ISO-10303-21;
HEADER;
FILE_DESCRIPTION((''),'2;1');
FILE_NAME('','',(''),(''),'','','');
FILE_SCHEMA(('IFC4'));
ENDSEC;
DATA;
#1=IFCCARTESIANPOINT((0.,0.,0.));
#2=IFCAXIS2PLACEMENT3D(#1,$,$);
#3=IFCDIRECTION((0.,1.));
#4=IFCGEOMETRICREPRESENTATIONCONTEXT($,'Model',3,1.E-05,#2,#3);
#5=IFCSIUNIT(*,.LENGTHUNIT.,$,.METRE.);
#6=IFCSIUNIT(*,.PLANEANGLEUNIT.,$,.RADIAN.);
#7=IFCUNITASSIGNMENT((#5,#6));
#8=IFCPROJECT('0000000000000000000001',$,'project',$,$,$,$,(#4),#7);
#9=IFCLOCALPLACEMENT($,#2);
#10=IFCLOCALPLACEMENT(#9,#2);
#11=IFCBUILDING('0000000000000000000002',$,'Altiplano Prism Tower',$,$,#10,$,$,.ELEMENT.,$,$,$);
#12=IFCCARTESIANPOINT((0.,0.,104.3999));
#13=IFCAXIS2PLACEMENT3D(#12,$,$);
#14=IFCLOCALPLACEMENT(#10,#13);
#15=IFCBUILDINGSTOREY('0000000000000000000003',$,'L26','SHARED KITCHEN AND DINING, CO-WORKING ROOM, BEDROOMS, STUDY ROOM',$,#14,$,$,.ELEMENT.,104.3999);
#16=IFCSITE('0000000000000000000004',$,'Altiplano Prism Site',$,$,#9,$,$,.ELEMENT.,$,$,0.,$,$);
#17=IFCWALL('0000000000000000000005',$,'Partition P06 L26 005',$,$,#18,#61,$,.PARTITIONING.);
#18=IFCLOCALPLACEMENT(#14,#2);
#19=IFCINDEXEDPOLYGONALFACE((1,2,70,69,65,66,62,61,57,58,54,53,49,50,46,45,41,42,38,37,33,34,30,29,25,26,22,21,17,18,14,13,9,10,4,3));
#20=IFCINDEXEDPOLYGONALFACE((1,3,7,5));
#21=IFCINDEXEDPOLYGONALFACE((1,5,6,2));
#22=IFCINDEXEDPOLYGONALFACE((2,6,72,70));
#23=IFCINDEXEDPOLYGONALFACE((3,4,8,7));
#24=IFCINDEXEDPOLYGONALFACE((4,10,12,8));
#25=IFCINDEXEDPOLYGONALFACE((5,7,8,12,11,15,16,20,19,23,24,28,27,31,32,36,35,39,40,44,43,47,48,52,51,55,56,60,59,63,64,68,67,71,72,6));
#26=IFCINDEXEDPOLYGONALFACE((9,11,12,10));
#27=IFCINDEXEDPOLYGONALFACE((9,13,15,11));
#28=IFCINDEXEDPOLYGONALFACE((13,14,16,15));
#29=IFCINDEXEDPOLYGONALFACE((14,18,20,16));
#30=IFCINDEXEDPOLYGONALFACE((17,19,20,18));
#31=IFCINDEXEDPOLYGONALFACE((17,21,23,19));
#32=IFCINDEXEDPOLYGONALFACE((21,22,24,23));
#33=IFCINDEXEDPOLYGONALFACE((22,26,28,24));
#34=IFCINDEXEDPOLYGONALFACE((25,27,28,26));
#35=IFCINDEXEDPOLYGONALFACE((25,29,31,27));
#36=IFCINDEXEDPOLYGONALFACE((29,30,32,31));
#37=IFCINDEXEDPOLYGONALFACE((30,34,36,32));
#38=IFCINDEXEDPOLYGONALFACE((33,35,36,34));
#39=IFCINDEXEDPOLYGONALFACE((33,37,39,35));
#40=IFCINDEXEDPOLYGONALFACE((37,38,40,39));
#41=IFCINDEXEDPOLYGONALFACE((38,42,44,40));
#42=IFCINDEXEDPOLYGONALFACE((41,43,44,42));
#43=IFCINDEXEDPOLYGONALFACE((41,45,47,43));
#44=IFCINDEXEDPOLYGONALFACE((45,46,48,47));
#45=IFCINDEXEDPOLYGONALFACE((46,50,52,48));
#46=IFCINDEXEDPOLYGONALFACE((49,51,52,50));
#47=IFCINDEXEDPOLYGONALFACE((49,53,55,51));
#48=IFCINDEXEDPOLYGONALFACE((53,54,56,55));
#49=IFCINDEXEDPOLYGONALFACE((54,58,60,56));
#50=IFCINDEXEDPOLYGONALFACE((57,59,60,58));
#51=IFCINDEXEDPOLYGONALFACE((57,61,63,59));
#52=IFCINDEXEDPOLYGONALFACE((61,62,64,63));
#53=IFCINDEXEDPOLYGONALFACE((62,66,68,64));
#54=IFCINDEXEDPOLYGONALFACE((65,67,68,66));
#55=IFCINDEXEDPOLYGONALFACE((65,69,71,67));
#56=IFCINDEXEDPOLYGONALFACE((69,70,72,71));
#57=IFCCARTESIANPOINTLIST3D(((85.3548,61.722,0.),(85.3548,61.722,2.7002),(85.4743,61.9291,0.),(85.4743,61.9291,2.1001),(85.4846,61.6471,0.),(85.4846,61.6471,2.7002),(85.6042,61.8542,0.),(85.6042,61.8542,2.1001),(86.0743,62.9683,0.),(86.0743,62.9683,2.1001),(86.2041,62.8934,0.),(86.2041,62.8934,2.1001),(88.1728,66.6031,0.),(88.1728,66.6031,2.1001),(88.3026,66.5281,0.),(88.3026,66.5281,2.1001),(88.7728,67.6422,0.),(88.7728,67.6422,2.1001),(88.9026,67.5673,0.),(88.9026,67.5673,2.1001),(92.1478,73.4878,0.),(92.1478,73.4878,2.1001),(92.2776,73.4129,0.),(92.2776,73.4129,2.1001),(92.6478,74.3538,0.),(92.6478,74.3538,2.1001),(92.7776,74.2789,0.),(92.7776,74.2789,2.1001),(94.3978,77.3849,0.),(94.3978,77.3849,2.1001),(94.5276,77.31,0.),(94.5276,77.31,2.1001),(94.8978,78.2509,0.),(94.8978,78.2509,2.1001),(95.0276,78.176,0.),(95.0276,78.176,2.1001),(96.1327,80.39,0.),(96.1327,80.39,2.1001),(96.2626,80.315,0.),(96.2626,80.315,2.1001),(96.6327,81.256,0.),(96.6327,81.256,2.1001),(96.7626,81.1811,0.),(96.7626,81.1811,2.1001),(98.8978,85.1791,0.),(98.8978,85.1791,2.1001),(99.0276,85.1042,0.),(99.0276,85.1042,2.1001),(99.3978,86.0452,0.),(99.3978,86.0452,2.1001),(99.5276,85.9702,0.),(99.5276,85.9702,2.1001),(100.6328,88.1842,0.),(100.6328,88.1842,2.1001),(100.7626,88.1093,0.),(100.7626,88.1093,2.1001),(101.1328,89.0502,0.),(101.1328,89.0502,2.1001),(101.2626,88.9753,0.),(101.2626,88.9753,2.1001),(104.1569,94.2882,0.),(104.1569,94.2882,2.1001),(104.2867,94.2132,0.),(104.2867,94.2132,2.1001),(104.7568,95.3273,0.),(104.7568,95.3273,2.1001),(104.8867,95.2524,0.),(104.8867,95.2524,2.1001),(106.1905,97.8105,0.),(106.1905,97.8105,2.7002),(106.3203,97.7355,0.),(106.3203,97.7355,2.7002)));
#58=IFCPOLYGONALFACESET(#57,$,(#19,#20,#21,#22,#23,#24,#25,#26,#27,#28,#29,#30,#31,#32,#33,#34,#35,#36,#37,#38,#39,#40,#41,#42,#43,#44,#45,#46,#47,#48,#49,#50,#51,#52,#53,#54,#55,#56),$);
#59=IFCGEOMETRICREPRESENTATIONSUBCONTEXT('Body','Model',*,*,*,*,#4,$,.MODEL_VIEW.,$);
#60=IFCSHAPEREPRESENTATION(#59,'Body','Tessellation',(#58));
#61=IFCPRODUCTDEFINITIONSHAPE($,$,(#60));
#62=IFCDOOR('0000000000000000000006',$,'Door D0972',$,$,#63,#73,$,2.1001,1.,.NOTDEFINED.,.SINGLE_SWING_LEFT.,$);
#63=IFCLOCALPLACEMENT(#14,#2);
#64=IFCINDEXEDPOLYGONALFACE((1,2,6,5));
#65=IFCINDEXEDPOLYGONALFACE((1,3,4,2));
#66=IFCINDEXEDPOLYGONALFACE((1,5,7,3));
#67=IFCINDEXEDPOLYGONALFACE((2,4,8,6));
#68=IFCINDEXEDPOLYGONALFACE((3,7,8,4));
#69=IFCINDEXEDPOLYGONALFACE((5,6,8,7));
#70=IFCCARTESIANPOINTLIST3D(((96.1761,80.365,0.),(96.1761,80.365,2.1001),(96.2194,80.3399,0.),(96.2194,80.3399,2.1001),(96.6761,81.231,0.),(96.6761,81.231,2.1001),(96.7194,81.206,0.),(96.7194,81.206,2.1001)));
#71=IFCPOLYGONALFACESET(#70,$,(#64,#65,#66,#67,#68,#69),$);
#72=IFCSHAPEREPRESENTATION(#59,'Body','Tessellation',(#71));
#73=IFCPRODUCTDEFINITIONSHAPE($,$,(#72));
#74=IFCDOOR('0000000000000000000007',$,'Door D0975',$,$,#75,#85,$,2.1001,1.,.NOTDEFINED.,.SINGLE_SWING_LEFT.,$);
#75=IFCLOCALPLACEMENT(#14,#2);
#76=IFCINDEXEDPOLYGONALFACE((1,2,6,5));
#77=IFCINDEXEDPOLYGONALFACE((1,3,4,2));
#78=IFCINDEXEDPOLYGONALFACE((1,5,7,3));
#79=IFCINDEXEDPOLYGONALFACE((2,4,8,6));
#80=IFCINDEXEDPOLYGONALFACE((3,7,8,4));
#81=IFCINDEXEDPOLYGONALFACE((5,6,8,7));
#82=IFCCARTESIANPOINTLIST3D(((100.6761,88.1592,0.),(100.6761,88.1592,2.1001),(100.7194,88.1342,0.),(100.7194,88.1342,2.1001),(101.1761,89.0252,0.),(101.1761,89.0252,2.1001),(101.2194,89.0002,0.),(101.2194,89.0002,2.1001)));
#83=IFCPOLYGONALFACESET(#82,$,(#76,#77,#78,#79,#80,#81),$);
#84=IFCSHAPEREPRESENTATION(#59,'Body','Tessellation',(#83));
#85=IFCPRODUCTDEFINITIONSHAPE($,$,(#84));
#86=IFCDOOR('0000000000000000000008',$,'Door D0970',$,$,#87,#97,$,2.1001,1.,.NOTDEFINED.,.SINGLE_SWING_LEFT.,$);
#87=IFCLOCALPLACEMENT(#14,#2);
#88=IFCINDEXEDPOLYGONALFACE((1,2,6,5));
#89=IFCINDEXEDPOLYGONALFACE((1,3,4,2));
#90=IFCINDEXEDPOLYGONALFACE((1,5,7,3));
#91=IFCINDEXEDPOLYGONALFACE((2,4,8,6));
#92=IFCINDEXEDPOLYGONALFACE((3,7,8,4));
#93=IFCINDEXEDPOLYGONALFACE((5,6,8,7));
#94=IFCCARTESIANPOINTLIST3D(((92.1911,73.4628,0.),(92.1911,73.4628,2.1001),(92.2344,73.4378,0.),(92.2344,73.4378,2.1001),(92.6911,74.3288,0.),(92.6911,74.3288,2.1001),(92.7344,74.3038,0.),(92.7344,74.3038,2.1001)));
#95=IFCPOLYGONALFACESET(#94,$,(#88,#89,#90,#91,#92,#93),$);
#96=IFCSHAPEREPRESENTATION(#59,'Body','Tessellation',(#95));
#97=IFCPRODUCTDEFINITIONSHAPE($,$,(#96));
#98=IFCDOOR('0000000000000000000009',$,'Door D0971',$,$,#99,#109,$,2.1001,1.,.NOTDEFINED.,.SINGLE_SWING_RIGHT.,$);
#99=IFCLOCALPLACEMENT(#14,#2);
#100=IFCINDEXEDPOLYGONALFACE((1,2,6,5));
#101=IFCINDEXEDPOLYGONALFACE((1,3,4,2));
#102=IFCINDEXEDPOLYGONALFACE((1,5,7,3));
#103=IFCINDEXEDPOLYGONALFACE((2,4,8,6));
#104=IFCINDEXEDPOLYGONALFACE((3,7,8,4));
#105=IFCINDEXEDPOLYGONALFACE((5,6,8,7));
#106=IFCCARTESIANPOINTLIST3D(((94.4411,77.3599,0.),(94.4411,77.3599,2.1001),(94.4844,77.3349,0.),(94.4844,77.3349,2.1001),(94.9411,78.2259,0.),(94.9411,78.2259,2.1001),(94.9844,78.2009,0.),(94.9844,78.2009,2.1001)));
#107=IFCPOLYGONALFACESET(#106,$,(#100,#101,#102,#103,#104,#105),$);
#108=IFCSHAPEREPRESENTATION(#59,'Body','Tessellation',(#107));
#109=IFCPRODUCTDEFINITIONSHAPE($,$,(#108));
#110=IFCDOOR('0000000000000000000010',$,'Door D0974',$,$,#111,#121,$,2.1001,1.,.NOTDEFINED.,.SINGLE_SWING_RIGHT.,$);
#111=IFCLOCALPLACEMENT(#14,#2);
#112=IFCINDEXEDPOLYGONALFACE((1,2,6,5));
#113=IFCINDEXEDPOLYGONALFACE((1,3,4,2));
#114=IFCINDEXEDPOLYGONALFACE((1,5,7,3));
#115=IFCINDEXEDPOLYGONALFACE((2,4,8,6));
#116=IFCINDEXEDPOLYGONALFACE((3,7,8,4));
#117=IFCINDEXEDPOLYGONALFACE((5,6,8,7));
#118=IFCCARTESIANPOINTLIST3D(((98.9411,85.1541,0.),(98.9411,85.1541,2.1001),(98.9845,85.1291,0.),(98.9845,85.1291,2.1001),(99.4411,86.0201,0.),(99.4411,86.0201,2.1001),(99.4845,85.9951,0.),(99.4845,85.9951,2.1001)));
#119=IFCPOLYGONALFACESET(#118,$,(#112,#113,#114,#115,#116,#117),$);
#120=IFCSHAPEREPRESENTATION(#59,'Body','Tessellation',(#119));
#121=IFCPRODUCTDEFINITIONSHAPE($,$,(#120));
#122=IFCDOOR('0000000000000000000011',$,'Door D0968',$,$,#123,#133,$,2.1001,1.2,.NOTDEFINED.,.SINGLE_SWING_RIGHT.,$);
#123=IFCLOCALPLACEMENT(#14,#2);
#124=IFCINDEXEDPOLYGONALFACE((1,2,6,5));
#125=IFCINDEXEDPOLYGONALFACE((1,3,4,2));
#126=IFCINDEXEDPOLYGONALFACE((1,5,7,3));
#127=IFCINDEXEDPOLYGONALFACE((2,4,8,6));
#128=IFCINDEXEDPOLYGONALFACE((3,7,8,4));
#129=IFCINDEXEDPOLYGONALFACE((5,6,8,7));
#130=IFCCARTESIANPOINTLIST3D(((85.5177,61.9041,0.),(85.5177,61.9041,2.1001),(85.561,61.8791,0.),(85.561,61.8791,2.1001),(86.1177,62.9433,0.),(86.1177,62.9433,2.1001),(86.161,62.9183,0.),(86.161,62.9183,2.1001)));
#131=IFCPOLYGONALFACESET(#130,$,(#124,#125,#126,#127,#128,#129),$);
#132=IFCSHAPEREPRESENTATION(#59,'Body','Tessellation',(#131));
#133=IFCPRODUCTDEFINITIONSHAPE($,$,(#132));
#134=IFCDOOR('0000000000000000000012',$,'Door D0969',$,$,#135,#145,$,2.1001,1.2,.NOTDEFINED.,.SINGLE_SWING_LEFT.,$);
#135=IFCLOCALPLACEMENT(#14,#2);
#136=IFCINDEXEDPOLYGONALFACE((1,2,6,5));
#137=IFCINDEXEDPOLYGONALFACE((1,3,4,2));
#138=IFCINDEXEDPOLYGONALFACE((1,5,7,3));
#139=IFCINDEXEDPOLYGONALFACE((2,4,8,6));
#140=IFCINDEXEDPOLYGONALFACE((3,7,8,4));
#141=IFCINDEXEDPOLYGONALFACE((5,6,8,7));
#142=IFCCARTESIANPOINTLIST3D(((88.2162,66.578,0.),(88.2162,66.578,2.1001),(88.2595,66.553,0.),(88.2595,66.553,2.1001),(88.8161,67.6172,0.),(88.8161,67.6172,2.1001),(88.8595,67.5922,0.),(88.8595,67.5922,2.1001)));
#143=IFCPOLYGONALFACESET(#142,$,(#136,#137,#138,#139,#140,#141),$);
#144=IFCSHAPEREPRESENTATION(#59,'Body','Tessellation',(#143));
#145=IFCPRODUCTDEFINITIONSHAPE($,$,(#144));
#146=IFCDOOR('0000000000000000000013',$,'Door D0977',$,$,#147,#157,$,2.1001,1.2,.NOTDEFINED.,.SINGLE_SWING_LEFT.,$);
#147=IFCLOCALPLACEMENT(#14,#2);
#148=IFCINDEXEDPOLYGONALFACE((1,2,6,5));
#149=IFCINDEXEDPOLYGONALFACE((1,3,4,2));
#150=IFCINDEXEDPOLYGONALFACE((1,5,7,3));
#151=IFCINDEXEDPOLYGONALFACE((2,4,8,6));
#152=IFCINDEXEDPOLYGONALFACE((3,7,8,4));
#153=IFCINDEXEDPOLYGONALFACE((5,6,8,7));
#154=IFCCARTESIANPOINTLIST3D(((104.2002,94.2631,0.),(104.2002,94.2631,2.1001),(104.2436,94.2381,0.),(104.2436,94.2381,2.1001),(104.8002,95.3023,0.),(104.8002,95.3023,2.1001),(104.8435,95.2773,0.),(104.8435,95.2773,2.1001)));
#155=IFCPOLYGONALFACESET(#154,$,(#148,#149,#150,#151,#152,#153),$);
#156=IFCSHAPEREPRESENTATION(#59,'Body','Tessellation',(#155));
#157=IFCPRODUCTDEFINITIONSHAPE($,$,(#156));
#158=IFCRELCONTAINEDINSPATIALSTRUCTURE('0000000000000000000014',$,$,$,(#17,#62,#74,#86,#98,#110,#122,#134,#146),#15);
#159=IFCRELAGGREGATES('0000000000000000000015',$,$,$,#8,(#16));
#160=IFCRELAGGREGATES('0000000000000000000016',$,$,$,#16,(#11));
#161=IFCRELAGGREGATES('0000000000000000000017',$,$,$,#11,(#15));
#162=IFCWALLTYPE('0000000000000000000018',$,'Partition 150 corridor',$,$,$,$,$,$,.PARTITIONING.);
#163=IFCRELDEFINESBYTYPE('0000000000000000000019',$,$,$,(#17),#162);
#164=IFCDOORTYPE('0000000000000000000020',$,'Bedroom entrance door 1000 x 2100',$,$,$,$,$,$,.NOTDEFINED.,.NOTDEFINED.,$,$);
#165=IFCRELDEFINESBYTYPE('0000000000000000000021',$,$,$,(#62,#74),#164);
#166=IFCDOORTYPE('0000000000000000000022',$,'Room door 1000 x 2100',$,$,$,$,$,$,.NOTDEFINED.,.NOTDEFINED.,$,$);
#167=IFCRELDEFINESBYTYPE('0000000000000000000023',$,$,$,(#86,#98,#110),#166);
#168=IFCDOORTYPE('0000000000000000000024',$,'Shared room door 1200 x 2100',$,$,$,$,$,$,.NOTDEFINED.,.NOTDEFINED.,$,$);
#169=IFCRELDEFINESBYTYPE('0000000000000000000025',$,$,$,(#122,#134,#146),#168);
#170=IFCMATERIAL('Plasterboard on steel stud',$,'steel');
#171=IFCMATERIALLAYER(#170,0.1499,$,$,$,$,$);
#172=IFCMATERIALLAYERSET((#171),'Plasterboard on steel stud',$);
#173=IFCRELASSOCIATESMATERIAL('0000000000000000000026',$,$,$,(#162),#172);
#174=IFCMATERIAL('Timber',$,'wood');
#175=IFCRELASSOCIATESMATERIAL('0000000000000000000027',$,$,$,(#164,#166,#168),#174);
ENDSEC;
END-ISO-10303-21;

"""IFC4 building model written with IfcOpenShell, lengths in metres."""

from ifc_helpers import new_model, si_unit, direction, frame, frame_2d, origin, place, context, subcontext, project, spatial, rectangle, extrude, material, layer, layer_set, type_object, element, fill, save


model = new_model("IFC4")

# Units and contexts
model_context = context("Model", 3, precision=1e-05, world=origin(), true_north=direction((0.0, 1.0)))
body_context = subcontext(model_context, "Body", "Model", "MODEL_VIEW")
ifc_project = project(units=[si_unit("LENGTHUNIT", "METRE"), si_unit("PLANEANGLEUNIT", "RADIAN")], contexts=[model_context])

# Site, building, storey
site_placement = place(None, origin())
site = spatial("IfcSite", under=ifc_project, at=site_placement, Name="Altiplano Prism Site", CompositionType="ELEMENT", RefElevation=0.0)
building_placement = place(site_placement, origin())
building = spatial("IfcBuilding", under=site, at=building_placement, Name="Altiplano Prism Tower", CompositionType="ELEMENT")
storey_placement = place(building_placement, frame((0.0, 0.0, 104.3999)))
storey = spatial("IfcBuildingStorey", under=building, at=storey_placement, Name="L26", Description="SHARED KITCHEN AND DINING, CO-WORKING ROOM, BEDROOMS, STUDY ROOM", CompositionType="ELEMENT", Elevation=104.3999)

# Shared definitions
ifc_material_1 = material(Name="Plasterboard on steel stud", Category="steel")
ifc_layer_1 = layer(ifc_material_1, 0.1499)
ifc_layer_set_1 = layer_set([ifc_layer_1], Name="Plasterboard on steel stud")
wall_type_1 = type_object("IfcWallType", Name="Partition 150 corridor", PredefinedType="PARTITIONING", material=ifc_layer_set_1)

# Wall, openings, doors
wall_1_placement = place(storey_placement, frame((85.4197, 61.6846, 0.0), z_axis=(0.0, 0.0, 1.0), x_axis=(0.500001, 0.866025, 0.0)))
wall_1 = element("IfcWall", 1, at=wall_1_placement, inside=storey, type_object=wall_type_1, Name="Partition P06 L26 005", PredefinedType="PARTITIONING", context=body_context, shape_type="SweptSolid", body=[
    extrude(rectangle(XDim=41.6714, YDim=0.1499, at=frame_2d((20.8357, 0.0))), origin(), (0.0, 0.0, 1.0), 2.7002),
])
opening_1_placement = place(wall_1_placement, frame((0.239, 0.0, 0.0)))
opening_1 = element("IfcOpeningElement", 2, at=opening_1_placement, cuts=wall_1, PredefinedType="OPENING", context=body_context, shape_type="SweptSolid", body=[
    extrude(rectangle(XDim=1.2, YDim=2.1001, at=frame_2d((0.6001, 1.05))), frame((0.0, 0.0854, 0.0), z_axis=(0.0, -1.0, 0.0), x_axis=(1.0, 0.0, 0.0)), (0.0, 0.0, 1.0), 0.1709),
])
opening_2_placement = place(wall_1_placement, frame((5.636, 0.0, 0.0)))
opening_2 = element("IfcOpeningElement", 3, at=opening_2_placement, cuts=wall_1, PredefinedType="OPENING", context=body_context, shape_type="SweptSolid", body=[
    extrude(rectangle(XDim=1.2, YDim=2.1001, at=frame_2d((0.6001, 1.05))), frame((0.0, 0.0854, 0.0), z_axis=(0.0, -1.0, 0.0), x_axis=(1.0, 0.0, 0.0)), (0.0, 0.0, 1.0), 0.1709),
])
opening_3_placement = place(wall_1_placement, frame((13.5859, 0.0, 0.0)))
opening_3 = element("IfcOpeningElement", 4, at=opening_3_placement, cuts=wall_1, PredefinedType="OPENING", context=body_context, shape_type="SweptSolid", body=[
    extrude(rectangle(XDim=1.0, YDim=2.1001, at=frame_2d((0.5, 1.05))), frame((0.0, 0.0854, 0.0), z_axis=(0.0, -1.0, 0.0), x_axis=(1.0, 0.0, 0.0)), (0.0, 0.0, 1.0), 0.1709),
])
opening_4_placement = place(wall_1_placement, frame((18.0859, 0.0, 0.0)))
opening_4 = element("IfcOpeningElement", 5, at=opening_4_placement, cuts=wall_1, PredefinedType="OPENING", context=body_context, shape_type="SweptSolid", body=[
    extrude(rectangle(XDim=1.0, YDim=2.1001, at=frame_2d((0.5, 1.05))), frame((0.0, 0.0854, 0.0), z_axis=(0.0, -1.0, 0.0), x_axis=(1.0, 0.0, 0.0)), (0.0, 0.0, 1.0), 0.1709),
])
opening_5_placement = place(wall_1_placement, frame((21.5559, 0.0, 0.0)))
opening_5 = element("IfcOpeningElement", 6, at=opening_5_placement, cuts=wall_1, PredefinedType="OPENING", context=body_context, shape_type="SweptSolid", body=[
    extrude(rectangle(XDim=1.0, YDim=2.1001, at=frame_2d((0.5, 1.05))), frame((0.0, 0.0854, 0.0), z_axis=(0.0, -1.0, 0.0), x_axis=(1.0, 0.0, 0.0)), (0.0, 0.0, 1.0), 0.1709),
])
opening_6_placement = place(wall_1_placement, frame((27.0859, 0.0, 0.0)))
opening_6 = element("IfcOpeningElement", 7, at=opening_6_placement, cuts=wall_1, PredefinedType="OPENING", context=body_context, shape_type="SweptSolid", body=[
    extrude(rectangle(XDim=1.0, YDim=2.1001, at=frame_2d((0.5, 1.05))), frame((0.0, 0.0854, 0.0), z_axis=(0.0, -1.0, 0.0), x_axis=(1.0, 0.0, 0.0)), (0.0, 0.0, 1.0), 0.1709),
])
opening_7_placement = place(wall_1_placement, frame((30.5559, 0.0, 0.0)))
opening_7 = element("IfcOpeningElement", 8, at=opening_7_placement, cuts=wall_1, PredefinedType="OPENING", context=body_context, shape_type="SweptSolid", body=[
    extrude(rectangle(XDim=1.0, YDim=2.1001, at=frame_2d((0.5, 1.05))), frame((0.0, 0.0854, 0.0), z_axis=(0.0, -1.0, 0.0), x_axis=(1.0, 0.0, 0.0)), (0.0, 0.0, 1.0), 0.1709),
])
opening_8_placement = place(wall_1_placement, frame((37.604, 0.0, 0.0)))
opening_8 = element("IfcOpeningElement", 9, at=opening_8_placement, cuts=wall_1, PredefinedType="OPENING", context=body_context, shape_type="SweptSolid", body=[
    extrude(rectangle(XDim=1.2, YDim=2.1001, at=frame_2d((0.6001, 1.05))), frame((0.0, 0.0854, 0.0), z_axis=(0.0, -1.0, 0.0), x_axis=(1.0, 0.0, 0.0)), (0.0, 0.0, 1.0), 0.1709),
])
ifc_material_2 = material(Name="Timber", Category="wood")
door_type_1 = type_object("IfcDoorType", Name="Bedroom entrance door 1000 x 2100", OperationType="NOTDEFINED", PredefinedType="NOTDEFINED", material=ifc_material_2)
door_1_placement = place(opening_5_placement, origin())
door_1 = element("IfcDoor", 10, at=door_1_placement, inside=storey, type_object=door_type_1, Name="Door D0972", OperationType="SINGLE_SWING_LEFT", OverallHeight=2.1001, OverallWidth=1.0, PredefinedType="NOTDEFINED", context=body_context, shape_type="SweptSolid", body=[
    extrude(rectangle(XDim=1.0, YDim=2.1001, at=frame_2d((0.5, 1.05))), frame((0.0, 0.0249, 0.0), z_axis=(0.0, -1.0, 0.0), x_axis=(1.0, 0.0, 0.0)), (0.0, 0.0, 1.0), 0.05),
])
fill(opening_5, door_1)
door_2_placement = place(opening_7_placement, origin())
door_2 = element("IfcDoor", 11, at=door_2_placement, inside=storey, type_object=door_type_1, Name="Door D0975", OperationType="SINGLE_SWING_LEFT", OverallHeight=2.1001, OverallWidth=1.0, PredefinedType="NOTDEFINED", context=body_context, shape_type="SweptSolid", body=[
    extrude(rectangle(XDim=1.0, YDim=2.1001, at=frame_2d((0.5, 1.05))), frame((0.0, 0.0249, 0.0), z_axis=(0.0, -1.0, 0.0), x_axis=(1.0, 0.0, 0.0)), (0.0, 0.0, 1.0), 0.05),
])
fill(opening_7, door_2)
door_type_2 = type_object("IfcDoorType", Name="Room door 1000 x 2100", OperationType="NOTDEFINED", PredefinedType="NOTDEFINED", material=ifc_material_2)
door_3_placement = place(opening_3_placement, origin())
door_3 = element("IfcDoor", 12, at=door_3_placement, inside=storey, type_object=door_type_2, Name="Door D0970", OperationType="SINGLE_SWING_LEFT", OverallHeight=2.1001, OverallWidth=1.0, PredefinedType="NOTDEFINED", context=body_context, shape_type="SweptSolid", body=[
    extrude(rectangle(XDim=1.0, YDim=2.1001, at=frame_2d((0.5, 1.05))), frame((0.0, 0.0249, 0.0), z_axis=(0.0, -1.0, 0.0), x_axis=(1.0, 0.0, 0.0)), (0.0, 0.0, 1.0), 0.05),
])
fill(opening_3, door_3)
door_4_placement = place(opening_4_placement, origin())
door_4 = element("IfcDoor", 13, at=door_4_placement, inside=storey, type_object=door_type_2, Name="Door D0971", OperationType="SINGLE_SWING_RIGHT", OverallHeight=2.1001, OverallWidth=1.0, PredefinedType="NOTDEFINED", context=body_context, shape_type="SweptSolid", body=[
    extrude(rectangle(XDim=1.0, YDim=2.1001, at=frame_2d((0.5, 1.05))), frame((0.0, 0.0249, 0.0), z_axis=(0.0, -1.0, 0.0), x_axis=(1.0, 0.0, 0.0)), (0.0, 0.0, 1.0), 0.05),
])
fill(opening_4, door_4)
door_5_placement = place(opening_6_placement, origin())
door_5 = element("IfcDoor", 14, at=door_5_placement, inside=storey, type_object=door_type_2, Name="Door D0974", OperationType="SINGLE_SWING_RIGHT", OverallHeight=2.1001, OverallWidth=1.0, PredefinedType="NOTDEFINED", context=body_context, shape_type="SweptSolid", body=[
    extrude(rectangle(XDim=1.0, YDim=2.1001, at=frame_2d((0.5, 1.05))), frame((0.0, 0.0249, 0.0), z_axis=(0.0, -1.0, 0.0), x_axis=(1.0, 0.0, 0.0)), (0.0, 0.0, 1.0), 0.05),
])
fill(opening_6, door_5)
door_type_3 = type_object("IfcDoorType", Name="Shared room door 1200 x 2100", OperationType="NOTDEFINED", PredefinedType="NOTDEFINED", material=ifc_material_2)
door_6_placement = place(opening_1_placement, origin())
door_6 = element("IfcDoor", 15, at=door_6_placement, inside=storey, type_object=door_type_3, Name="Door D0968", OperationType="SINGLE_SWING_RIGHT", OverallHeight=2.1001, OverallWidth=1.2, PredefinedType="NOTDEFINED", context=body_context, shape_type="SweptSolid", body=[
    extrude(rectangle(XDim=1.2, YDim=2.1001, at=frame_2d((0.6001, 1.05))), frame((0.0, 0.0249, 0.0), z_axis=(0.0, -1.0, 0.0), x_axis=(1.0, 0.0, 0.0)), (0.0, 0.0, 1.0), 0.05),
])
fill(opening_1, door_6)
door_7_placement = place(opening_2_placement, origin())
door_7 = element("IfcDoor", 16, at=door_7_placement, inside=storey, type_object=door_type_3, Name="Door D0969", OperationType="SINGLE_SWING_LEFT", OverallHeight=2.1001, OverallWidth=1.2, PredefinedType="NOTDEFINED", context=body_context, shape_type="SweptSolid", body=[
    extrude(rectangle(XDim=1.2, YDim=2.1001, at=frame_2d((0.6001, 1.05))), frame((0.0, 0.0249, 0.0), z_axis=(0.0, -1.0, 0.0), x_axis=(1.0, 0.0, 0.0)), (0.0, 0.0, 1.0), 0.05),
])
fill(opening_2, door_7)
door_8_placement = place(opening_8_placement, origin())
door_8 = element("IfcDoor", 17, at=door_8_placement, inside=storey, type_object=door_type_3, Name="Door D0977", OperationType="SINGLE_SWING_LEFT", OverallHeight=2.1001, OverallWidth=1.2, PredefinedType="NOTDEFINED", context=body_context, shape_type="SweptSolid", body=[
    extrude(rectangle(XDim=1.2, YDim=2.1001, at=frame_2d((0.6001, 1.05))), frame((0.0, 0.0249, 0.0), z_axis=(0.0, -1.0, 0.0), x_axis=(1.0, 0.0, 0.0)), (0.0, 0.0, 1.0), 0.05),
])
fill(opening_8, door_8)

save(model, "model.ifc")
